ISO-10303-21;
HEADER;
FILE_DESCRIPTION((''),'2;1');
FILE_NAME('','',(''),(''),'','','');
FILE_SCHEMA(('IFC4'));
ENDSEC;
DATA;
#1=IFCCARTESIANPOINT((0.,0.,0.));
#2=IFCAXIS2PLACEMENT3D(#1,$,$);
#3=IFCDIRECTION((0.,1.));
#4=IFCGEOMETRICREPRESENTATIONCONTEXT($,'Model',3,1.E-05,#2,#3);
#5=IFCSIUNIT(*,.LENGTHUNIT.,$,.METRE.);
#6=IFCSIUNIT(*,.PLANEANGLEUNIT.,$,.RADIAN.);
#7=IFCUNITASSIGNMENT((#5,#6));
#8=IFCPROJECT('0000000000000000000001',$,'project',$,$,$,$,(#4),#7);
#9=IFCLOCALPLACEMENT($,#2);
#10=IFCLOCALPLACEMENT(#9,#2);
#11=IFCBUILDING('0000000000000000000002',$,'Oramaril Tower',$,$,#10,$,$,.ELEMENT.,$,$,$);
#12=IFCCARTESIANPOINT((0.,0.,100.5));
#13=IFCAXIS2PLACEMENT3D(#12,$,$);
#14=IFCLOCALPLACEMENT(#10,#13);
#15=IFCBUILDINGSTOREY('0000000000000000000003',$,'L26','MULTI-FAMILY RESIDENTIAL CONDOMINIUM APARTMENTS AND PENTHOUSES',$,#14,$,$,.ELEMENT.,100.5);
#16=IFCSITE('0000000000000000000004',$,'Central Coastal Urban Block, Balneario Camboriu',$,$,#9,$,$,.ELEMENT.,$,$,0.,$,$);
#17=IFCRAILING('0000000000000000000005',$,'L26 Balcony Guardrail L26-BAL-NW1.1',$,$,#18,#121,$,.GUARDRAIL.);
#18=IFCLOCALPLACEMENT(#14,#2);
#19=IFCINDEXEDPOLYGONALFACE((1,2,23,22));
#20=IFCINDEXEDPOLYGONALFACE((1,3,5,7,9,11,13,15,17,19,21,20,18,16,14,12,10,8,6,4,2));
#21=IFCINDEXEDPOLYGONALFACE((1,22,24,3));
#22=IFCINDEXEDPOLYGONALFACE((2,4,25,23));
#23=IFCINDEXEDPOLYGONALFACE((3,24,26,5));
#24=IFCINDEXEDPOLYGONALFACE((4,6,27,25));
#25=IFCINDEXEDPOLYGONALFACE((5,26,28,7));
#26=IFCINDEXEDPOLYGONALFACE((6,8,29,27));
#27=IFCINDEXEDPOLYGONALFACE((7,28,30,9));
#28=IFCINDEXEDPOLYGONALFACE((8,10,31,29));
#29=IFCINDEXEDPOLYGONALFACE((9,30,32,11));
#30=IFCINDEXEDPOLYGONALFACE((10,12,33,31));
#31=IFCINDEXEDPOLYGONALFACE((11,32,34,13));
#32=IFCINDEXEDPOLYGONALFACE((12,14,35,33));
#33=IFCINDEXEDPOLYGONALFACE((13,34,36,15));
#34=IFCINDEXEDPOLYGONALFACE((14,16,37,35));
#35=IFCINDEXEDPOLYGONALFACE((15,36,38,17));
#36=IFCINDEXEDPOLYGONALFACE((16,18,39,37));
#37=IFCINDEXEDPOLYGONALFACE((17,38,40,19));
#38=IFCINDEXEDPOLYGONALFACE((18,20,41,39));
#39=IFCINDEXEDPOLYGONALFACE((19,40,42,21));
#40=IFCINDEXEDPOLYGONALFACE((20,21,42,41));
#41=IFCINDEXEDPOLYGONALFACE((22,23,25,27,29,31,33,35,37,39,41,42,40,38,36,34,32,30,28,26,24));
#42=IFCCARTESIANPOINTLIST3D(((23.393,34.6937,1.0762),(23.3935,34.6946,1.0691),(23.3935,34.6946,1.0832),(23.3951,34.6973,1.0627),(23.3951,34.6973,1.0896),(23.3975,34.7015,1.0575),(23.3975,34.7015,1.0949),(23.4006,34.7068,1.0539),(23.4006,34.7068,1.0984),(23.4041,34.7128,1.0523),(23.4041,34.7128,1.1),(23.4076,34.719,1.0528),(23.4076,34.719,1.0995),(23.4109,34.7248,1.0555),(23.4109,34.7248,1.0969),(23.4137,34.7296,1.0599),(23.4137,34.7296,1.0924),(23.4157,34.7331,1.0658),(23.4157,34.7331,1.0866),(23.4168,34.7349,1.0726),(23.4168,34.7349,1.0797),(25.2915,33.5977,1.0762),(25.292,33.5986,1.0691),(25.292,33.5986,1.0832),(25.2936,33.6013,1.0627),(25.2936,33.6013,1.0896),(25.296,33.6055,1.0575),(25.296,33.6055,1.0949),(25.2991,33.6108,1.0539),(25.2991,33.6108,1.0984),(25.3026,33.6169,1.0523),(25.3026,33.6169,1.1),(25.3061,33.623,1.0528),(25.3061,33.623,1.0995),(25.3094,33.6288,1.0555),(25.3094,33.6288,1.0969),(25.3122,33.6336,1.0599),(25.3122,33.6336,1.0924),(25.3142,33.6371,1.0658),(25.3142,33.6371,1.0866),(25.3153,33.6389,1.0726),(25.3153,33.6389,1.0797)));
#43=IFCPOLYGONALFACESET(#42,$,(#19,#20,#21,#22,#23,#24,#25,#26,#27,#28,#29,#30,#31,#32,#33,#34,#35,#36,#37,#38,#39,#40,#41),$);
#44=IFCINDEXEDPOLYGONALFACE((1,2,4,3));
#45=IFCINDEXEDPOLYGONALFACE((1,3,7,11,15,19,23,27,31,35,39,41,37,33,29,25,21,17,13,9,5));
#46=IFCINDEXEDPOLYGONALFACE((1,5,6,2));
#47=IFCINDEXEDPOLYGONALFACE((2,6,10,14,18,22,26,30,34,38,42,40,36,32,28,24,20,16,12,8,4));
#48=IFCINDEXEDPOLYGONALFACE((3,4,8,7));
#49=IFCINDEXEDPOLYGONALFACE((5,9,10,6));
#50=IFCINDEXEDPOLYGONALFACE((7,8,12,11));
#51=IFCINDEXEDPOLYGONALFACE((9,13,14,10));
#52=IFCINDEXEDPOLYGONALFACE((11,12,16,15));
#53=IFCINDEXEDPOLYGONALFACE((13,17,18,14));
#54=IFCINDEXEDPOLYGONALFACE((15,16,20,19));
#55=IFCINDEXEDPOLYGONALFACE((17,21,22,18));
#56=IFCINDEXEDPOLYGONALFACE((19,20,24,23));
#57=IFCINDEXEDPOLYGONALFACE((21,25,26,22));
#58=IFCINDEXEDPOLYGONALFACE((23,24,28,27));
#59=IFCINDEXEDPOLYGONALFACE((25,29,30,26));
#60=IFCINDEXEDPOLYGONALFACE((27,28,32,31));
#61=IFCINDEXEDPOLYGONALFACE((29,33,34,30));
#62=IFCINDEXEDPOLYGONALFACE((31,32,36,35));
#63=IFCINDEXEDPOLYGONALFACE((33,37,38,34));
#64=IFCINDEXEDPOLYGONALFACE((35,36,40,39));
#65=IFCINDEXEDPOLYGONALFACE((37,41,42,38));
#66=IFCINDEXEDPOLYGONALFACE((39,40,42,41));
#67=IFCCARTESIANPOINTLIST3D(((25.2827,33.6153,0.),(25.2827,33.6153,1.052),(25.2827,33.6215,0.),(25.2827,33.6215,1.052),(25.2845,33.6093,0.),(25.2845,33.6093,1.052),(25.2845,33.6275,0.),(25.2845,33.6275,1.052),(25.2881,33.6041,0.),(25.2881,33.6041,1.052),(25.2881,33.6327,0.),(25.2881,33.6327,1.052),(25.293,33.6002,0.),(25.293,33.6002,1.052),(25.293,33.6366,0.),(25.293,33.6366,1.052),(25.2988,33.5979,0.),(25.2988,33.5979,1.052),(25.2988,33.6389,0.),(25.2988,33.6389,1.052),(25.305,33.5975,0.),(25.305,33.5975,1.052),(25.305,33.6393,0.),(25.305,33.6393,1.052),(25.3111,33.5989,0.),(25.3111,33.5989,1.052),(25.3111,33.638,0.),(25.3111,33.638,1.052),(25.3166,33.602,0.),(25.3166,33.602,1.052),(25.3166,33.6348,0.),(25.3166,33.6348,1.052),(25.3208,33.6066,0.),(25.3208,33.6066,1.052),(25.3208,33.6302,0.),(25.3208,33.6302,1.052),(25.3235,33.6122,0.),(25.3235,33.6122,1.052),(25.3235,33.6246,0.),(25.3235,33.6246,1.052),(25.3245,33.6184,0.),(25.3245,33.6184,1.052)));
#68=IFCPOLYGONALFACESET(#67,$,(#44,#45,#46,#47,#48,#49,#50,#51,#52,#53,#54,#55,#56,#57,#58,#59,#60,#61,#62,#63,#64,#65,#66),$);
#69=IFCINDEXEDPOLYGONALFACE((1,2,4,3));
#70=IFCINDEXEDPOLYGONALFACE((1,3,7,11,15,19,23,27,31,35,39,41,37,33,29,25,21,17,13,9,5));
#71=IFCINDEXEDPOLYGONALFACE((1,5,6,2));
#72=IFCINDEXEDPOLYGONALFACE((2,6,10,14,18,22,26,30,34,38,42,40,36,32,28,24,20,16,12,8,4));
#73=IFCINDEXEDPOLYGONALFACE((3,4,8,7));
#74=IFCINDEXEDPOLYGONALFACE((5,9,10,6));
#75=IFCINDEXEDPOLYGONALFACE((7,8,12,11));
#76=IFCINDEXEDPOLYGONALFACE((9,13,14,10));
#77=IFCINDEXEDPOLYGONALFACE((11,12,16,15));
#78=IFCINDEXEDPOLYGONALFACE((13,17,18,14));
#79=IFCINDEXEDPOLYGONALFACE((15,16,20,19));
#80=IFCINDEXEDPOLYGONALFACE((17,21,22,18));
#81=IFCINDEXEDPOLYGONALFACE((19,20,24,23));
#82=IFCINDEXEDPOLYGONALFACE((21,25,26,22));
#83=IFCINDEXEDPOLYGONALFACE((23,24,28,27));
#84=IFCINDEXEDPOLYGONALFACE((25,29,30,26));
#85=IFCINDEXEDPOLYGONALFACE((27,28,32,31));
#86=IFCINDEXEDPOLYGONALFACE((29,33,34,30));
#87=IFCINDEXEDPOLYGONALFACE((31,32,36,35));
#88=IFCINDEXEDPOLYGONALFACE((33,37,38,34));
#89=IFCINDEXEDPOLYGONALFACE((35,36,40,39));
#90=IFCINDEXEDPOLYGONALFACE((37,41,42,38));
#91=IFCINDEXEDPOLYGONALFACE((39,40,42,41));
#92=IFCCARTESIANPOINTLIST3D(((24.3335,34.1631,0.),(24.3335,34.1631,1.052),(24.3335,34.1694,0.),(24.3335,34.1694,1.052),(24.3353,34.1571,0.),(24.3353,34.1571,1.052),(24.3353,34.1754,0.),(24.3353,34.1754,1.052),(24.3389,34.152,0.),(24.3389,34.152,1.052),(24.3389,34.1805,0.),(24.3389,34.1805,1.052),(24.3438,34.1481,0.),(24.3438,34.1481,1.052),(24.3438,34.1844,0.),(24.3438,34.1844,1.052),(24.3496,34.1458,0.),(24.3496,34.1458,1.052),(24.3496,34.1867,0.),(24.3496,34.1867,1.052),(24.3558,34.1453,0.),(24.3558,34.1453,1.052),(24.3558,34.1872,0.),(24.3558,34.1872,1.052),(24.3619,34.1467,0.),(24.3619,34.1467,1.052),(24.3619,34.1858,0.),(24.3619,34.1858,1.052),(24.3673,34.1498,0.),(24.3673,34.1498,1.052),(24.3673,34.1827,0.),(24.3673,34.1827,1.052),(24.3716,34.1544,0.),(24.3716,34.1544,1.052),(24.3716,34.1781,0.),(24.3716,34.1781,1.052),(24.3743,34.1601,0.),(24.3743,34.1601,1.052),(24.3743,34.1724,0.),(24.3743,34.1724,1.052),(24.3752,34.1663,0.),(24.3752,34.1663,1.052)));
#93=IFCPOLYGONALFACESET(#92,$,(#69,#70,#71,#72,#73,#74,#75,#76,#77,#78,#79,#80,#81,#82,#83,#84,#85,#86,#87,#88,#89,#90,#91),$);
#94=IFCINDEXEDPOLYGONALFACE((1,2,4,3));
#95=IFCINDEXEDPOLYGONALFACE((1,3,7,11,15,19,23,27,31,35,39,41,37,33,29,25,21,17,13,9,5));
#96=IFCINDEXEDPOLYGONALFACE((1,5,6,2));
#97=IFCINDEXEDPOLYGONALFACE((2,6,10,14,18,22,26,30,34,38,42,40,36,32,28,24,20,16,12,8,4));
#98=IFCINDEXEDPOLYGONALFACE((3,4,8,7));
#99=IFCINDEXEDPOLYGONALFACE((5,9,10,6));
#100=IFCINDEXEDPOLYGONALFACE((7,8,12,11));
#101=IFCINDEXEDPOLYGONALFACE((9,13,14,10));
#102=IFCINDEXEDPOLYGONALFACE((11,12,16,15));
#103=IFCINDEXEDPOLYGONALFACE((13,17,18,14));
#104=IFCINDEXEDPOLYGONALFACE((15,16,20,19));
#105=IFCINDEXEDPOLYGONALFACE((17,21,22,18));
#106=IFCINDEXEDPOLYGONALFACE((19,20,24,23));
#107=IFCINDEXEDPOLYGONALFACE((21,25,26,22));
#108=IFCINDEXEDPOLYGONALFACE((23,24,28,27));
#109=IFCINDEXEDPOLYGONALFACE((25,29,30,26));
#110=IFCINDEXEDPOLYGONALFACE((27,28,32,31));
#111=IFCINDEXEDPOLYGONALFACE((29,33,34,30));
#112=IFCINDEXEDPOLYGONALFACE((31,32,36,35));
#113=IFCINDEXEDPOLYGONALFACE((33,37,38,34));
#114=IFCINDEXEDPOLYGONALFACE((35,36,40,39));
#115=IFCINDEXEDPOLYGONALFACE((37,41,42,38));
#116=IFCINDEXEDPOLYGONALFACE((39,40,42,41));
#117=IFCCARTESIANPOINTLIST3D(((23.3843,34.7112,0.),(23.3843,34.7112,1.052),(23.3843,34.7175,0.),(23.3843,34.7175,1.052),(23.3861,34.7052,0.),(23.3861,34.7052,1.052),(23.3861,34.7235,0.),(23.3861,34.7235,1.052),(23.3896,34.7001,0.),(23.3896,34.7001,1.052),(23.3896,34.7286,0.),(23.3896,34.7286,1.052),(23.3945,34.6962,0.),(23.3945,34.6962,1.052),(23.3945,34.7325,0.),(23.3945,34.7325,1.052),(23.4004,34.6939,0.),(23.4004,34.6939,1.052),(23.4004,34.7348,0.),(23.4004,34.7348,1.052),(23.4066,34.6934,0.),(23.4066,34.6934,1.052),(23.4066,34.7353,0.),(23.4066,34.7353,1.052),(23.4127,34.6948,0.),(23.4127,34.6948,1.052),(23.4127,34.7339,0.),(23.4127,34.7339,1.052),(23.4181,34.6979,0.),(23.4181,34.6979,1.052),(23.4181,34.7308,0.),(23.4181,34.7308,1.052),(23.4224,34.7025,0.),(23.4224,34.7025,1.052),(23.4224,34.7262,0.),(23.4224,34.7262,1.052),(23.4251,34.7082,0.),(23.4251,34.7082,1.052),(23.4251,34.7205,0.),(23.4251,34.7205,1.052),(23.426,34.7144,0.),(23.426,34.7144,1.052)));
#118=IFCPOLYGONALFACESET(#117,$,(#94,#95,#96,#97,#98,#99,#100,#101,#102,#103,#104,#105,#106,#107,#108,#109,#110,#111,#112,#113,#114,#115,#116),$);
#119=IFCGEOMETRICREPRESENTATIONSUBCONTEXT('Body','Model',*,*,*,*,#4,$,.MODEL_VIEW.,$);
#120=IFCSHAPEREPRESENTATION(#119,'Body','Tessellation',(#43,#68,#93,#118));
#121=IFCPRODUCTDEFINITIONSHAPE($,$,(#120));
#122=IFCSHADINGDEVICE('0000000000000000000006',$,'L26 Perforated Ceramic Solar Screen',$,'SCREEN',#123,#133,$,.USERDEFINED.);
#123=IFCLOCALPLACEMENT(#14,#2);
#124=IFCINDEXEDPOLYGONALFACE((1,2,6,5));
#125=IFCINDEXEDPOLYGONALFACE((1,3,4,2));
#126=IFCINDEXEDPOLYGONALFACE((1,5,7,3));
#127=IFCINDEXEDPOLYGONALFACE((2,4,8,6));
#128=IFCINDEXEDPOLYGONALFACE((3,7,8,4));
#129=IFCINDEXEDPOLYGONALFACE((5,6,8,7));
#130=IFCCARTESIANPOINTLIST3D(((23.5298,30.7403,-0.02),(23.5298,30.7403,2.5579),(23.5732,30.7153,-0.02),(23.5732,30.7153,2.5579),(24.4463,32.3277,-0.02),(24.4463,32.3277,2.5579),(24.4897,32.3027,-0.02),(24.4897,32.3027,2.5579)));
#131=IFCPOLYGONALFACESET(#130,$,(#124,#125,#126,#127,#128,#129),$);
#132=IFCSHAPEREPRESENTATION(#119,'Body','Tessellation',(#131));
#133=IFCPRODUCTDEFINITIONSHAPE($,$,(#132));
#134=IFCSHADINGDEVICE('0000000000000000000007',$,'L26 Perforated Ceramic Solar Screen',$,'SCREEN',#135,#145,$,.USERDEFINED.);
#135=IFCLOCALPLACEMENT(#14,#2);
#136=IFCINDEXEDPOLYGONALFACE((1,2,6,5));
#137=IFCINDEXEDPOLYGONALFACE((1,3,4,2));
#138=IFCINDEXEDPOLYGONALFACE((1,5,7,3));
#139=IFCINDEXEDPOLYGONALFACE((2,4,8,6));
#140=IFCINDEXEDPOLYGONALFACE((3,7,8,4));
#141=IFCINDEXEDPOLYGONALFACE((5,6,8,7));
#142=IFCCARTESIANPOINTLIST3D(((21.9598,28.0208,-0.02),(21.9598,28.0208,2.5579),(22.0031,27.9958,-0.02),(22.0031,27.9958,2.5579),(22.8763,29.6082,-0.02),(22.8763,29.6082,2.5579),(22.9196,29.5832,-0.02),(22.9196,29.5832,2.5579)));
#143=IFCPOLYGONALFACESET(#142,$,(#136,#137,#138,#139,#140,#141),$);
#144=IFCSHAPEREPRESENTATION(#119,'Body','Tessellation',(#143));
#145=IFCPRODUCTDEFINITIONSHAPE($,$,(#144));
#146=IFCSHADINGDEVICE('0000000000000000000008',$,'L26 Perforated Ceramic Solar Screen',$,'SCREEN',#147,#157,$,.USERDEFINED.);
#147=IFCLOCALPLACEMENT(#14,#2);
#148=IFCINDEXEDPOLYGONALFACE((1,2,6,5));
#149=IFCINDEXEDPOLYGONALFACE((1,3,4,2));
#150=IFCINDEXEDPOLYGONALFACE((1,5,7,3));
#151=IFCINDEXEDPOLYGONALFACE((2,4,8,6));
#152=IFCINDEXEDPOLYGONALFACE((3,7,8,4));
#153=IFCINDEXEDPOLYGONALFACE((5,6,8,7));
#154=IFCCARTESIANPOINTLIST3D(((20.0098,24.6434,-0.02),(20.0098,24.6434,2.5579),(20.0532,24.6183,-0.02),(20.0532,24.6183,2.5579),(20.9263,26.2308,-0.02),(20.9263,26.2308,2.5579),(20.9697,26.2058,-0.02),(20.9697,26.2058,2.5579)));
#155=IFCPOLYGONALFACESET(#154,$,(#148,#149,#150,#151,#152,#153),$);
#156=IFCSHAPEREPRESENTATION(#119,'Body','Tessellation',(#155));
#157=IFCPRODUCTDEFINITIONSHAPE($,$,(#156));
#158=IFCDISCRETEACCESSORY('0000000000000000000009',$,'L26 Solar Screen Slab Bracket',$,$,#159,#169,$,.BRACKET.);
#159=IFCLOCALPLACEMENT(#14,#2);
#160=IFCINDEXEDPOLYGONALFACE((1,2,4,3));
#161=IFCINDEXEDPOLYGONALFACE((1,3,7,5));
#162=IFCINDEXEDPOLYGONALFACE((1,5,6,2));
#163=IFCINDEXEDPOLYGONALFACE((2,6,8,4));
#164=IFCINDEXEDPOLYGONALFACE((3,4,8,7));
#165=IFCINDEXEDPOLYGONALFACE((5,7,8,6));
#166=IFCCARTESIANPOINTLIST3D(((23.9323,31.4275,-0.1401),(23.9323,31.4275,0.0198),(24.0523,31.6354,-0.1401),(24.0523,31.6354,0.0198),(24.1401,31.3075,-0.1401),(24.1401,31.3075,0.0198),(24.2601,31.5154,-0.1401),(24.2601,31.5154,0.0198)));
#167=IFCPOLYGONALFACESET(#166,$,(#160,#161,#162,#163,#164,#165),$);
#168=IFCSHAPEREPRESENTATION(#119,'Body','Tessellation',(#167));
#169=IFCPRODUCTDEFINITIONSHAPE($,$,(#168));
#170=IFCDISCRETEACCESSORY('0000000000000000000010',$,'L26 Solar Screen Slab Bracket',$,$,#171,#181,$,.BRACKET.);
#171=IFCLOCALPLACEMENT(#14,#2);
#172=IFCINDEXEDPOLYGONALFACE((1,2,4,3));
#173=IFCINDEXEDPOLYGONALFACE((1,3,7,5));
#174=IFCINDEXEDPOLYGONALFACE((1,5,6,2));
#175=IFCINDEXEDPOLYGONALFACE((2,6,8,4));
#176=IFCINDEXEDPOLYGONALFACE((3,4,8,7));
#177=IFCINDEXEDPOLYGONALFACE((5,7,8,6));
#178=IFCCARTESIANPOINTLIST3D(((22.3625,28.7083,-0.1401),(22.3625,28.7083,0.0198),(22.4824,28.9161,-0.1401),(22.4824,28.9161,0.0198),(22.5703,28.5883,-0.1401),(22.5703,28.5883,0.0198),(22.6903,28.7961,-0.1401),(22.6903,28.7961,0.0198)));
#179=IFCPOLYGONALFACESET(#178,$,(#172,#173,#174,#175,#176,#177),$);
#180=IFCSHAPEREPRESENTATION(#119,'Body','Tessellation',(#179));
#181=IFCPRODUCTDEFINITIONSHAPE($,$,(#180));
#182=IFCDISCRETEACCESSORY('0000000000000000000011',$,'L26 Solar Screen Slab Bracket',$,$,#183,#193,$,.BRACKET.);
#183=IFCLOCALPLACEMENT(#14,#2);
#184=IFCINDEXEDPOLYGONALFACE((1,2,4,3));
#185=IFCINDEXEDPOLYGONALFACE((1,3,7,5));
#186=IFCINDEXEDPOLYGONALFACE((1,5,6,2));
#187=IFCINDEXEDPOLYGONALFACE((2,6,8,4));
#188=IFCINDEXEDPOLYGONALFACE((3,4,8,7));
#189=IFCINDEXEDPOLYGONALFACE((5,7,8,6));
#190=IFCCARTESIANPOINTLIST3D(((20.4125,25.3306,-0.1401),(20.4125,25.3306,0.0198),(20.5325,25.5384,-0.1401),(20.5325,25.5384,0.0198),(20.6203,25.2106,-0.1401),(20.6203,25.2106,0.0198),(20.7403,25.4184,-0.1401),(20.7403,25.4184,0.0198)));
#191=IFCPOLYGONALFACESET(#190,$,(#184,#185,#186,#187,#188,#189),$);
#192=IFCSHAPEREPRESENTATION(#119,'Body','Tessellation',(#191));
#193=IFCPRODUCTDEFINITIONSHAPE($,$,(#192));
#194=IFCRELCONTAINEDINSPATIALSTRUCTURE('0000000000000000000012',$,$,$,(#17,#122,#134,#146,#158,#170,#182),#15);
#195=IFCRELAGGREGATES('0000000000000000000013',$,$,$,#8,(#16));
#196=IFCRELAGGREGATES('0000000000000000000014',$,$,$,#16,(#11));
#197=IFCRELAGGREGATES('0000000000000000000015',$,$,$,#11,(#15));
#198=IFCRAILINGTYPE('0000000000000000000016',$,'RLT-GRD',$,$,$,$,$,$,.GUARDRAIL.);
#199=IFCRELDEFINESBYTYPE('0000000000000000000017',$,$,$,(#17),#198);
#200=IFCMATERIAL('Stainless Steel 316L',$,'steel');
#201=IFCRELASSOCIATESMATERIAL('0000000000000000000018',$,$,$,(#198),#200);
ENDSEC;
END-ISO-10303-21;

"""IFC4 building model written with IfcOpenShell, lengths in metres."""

from ifc_helpers import new_model, si_unit, direction, frame, origin, origin_2d, place, context, subcontext, project, spatial, rectangle, circle, extrude, material, type_object, element, save


model = new_model("IFC4")

# Units and contexts
model_context = context("Model", 3, precision=1e-05, world=origin(), true_north=direction((0.0, 1.0)))
body_context = subcontext(model_context, "Body", "Model", "MODEL_VIEW")
ifc_project = project(units=[si_unit("LENGTHUNIT", "METRE"), si_unit("PLANEANGLEUNIT", "RADIAN")], contexts=[model_context])

# Site, building, storey
site_placement = place(None, origin())
site = spatial("IfcSite", under=ifc_project, at=site_placement, Name="Central Coastal Urban Block, Balneario Camboriu", CompositionType="ELEMENT", RefElevation=0.0)
building_placement = place(site_placement, origin())
building = spatial("IfcBuilding", under=site, at=building_placement, Name="Oramaril Tower", CompositionType="ELEMENT")
storey_placement = place(building_placement, frame((0.0, 0.0, 100.5)))
storey = spatial("IfcBuildingStorey", under=building, at=storey_placement, Name="L26", Description="MULTI-FAMILY RESIDENTIAL CONDOMINIUM APARTMENTS AND PENTHOUSES", CompositionType="ELEMENT", Elevation=100.5)

# Railing
ifc_material_1 = material(Name="Stainless Steel 316L", Category="steel")
railing_type = type_object("IfcRailingType", Name="RLT-GRD", PredefinedType="GUARDRAIL", material=ifc_material_1)
railing_placement = place(storey_placement, frame((25.3035, 33.6184, 0.0)))
element("IfcRailing", 1, at=railing_placement, inside=storey, type_object=railing_type, Name="L26 Balcony Guardrail L26-BAL-NW1.1", PredefinedType="GUARDRAIL", context=body_context, shape_type="SweptSolid", body=[
    extrude(circle(Radius=0.0239, at=origin_2d()), frame((0.0, 0.0, 1.0762), z_axis=(-0.866048, 0.49996, 0.0), x_axis=(-0.49996, -0.866048, 0.0)), (0.0, 0.0, 1.0), 2.1921),
    extrude(circle(Radius=0.021, at=origin_2d()), origin(), (0.0, 0.0, 1.0), 1.052),
    extrude(circle(Radius=0.021, at=origin_2d()), frame((-0.9492, 0.5479, 0.0)), (0.0, 0.0, 1.0), 1.052),
    extrude(circle(Radius=0.021, at=origin_2d()), frame((-1.8984, 1.0959, 0.0)), (0.0, 0.0, 1.0), 1.052),
])

# Shading devices
for number, where, z_axis, x_axis, name in (
    (2, (24.0098, 31.5215, -0.02), (0.0, 0.0, 1.0), (-0.5, -0.866025, 0.0), "L26 Perforated Ceramic Solar Screen"),
    (3, (22.4397, 28.802, -0.02), (0.0, 0.0, 1.0), (-0.5, -0.866025, 0.0), "L26 Perforated Ceramic Solar Screen"),
    (4, (20.4897, 25.4246, -0.02), (0.0, 0.0, 1.0), (-0.5, -0.866025, 0.0), "L26 Perforated Ceramic Solar Screen"),
):
    element("IfcShadingDevice", number, at=place(storey_placement, frame(where, z_axis=z_axis, x_axis=x_axis)), inside=storey, Name=name, ObjectType="SCREEN", PredefinedType="USERDEFINED", context=body_context, shape_type="SweptSolid", body=[
        extrude(rectangle(XDim=1.833, YDim=0.05, at=origin_2d()), origin(), (0.0, 0.0, 1.0), 2.5779),
    ])

# Discrete accessories
for number, where, z_axis, x_axis, name in (
    (5, (24.0962, 31.4714, -0.1401), (0.0, 0.0, 1.0), (-0.5, -0.866025, 0.0), "L26 Solar Screen Slab Bracket"),
    (6, (22.5264, 28.7522, -0.1401), (0.0, 0.0, 1.0), (-0.5, -0.866025, 0.0), "L26 Solar Screen Slab Bracket"),
    (7, (20.5764, 25.3745, -0.1401), (0.0, 0.0, 1.0), (-0.5, -0.866025, 0.0), "L26 Solar Screen Slab Bracket"),
):
    element("IfcDiscreteAccessory", number, at=place(storey_placement, frame(where, z_axis=z_axis, x_axis=x_axis)), inside=storey, Name=name, PredefinedType="BRACKET", context=body_context, shape_type="SweptSolid", body=[
        extrude(rectangle(XDim=0.24, YDim=0.24, at=origin_2d()), origin(), (0.0, 0.0, 1.0), 0.1599),
    ])

save(model, "model.ifc")
